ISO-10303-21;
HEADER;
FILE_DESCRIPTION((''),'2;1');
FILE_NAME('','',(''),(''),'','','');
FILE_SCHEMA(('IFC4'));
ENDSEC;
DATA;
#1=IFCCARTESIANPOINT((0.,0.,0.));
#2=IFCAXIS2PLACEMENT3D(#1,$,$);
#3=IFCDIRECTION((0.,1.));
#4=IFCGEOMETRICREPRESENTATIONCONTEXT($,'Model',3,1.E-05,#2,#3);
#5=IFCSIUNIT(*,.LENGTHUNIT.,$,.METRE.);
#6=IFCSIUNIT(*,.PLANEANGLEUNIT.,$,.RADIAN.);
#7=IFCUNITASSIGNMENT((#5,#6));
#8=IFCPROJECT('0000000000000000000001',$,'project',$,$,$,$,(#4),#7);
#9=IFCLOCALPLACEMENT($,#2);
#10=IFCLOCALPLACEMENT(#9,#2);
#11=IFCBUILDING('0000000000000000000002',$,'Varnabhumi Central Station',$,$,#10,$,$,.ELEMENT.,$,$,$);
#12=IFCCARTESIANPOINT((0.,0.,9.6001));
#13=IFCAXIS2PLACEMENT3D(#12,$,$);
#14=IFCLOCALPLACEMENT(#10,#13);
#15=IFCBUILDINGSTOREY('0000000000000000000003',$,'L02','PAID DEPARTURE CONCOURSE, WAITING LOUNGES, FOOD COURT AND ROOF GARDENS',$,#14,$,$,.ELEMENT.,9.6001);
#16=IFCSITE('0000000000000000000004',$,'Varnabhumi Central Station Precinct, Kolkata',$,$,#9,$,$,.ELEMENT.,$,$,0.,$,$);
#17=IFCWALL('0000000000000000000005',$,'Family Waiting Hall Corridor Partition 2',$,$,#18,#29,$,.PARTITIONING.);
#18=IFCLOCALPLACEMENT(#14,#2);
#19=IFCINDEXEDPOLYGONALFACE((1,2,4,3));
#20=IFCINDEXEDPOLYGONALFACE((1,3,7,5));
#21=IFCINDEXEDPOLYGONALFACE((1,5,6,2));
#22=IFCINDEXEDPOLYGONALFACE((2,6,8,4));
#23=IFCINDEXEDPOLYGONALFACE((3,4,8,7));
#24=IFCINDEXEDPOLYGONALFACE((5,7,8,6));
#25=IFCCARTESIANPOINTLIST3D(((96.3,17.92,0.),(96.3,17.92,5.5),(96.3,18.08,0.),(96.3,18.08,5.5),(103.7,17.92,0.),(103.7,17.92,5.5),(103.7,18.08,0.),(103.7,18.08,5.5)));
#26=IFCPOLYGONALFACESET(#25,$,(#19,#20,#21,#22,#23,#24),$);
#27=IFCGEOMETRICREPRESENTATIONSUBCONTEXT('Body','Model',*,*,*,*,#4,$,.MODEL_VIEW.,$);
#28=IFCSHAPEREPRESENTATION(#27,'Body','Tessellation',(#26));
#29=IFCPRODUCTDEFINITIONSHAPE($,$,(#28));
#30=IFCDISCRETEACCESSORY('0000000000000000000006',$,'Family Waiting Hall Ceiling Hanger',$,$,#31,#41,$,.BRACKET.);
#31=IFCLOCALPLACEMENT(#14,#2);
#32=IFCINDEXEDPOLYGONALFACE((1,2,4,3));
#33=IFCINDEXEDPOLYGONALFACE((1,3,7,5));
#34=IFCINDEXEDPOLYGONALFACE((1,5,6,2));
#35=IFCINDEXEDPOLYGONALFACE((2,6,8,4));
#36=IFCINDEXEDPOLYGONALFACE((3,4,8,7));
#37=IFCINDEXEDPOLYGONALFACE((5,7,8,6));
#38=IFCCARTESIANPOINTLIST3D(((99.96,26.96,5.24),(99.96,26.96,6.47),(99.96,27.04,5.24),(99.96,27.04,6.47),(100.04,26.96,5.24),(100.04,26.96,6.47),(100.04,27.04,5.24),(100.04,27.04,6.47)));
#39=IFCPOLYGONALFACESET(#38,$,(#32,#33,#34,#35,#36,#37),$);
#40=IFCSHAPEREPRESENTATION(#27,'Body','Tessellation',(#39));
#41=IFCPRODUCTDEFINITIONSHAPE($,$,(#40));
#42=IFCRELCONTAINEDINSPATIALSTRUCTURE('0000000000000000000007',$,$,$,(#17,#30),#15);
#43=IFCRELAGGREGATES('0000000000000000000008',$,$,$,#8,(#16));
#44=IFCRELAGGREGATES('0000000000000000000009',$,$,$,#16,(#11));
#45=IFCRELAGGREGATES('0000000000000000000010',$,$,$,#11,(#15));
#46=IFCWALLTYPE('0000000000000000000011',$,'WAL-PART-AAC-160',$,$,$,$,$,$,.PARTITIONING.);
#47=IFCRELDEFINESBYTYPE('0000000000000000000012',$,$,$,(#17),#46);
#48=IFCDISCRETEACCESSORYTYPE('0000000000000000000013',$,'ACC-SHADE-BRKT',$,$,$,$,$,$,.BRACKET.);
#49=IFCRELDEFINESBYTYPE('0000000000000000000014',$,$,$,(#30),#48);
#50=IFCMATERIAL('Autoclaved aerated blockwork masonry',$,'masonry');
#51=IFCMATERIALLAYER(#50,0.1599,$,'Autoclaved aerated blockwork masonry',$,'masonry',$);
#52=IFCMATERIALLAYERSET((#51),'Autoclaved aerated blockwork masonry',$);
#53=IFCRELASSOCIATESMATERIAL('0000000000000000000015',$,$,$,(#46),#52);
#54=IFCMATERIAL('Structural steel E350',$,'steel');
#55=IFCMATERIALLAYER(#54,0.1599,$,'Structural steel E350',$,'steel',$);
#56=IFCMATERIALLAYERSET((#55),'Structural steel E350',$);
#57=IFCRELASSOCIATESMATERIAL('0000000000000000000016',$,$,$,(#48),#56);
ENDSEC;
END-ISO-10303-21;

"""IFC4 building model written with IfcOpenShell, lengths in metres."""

from ifc_helpers import new_model, si_unit, direction, frame, frame_2d, origin, origin_2d, place, context, subcontext, project, spatial, rectangle, extrude, material, layer, layer_set, type_object, element, save


model = new_model("IFC4")

# Units and contexts
model_context = context("Model", 3, precision=1e-05, world=origin(), true_north=direction((0.0, 1.0)))
body_context = subcontext(model_context, "Body", "Model", "MODEL_VIEW")
ifc_project = project(units=[si_unit("LENGTHUNIT", "METRE"), si_unit("PLANEANGLEUNIT", "RADIAN")], contexts=[model_context])

# Site, building, storey
site_placement = place(None, origin())
site = spatial("IfcSite", under=ifc_project, at=site_placement, Name="Varnabhumi Central Station Precinct, Kolkata", CompositionType="ELEMENT", RefElevation=0.0)
building_placement = place(site_placement, origin())
building = spatial("IfcBuilding", under=site, at=building_placement, Name="Varnabhumi Central Station", CompositionType="ELEMENT")
storey_placement = place(building_placement, frame((0.0, 0.0, 9.6001)))
storey = spatial("IfcBuildingStorey", under=building, at=storey_placement, Name="L02", Description="PAID DEPARTURE CONCOURSE, WAITING LOUNGES, FOOD COURT AND ROOF GARDENS", CompositionType="ELEMENT", Elevation=9.6001)

# Shared definitions
ifc_material_1 = material(Name="Structural steel E350", Category="steel")

# Shared definitions
ifc_material_2 = material(Name="Autoclaved aerated blockwork masonry", Category="masonry")
ifc_layer_1 = layer(ifc_material_2, 0.1599, Name="Autoclaved aerated blockwork masonry", Category="masonry")
ifc_layer_set_1 = layer_set([ifc_layer_1], Name="Autoclaved aerated blockwork masonry")
wall_type = type_object("IfcWallType", Name="WAL-PART-AAC-160", PredefinedType="PARTITIONING", material=ifc_layer_set_1)

# Wall
wall_1_placement = place(storey_placement, frame((96.3, 18.0, 0.0), z_axis=(0.0, 0.0, 1.0), x_axis=(1.0, 0.0, 0.0)))
element("IfcWall", 1, at=wall_1_placement, inside=storey, type_object=wall_type, Name="Family Waiting Hall Corridor Partition 2", PredefinedType="PARTITIONING", context=body_context, shape_type="SweptSolid", body=[
    extrude(rectangle(XDim=7.3999, YDim=0.1599, at=frame_2d((3.7, 0.0))), origin(), (0.0, 0.0, 1.0), 5.5),
])

# Discrete accessory
ifc_layer_2 = layer(ifc_material_1, 0.1599, Name="Structural steel E350", Category="steel")
ifc_layer_set_2 = layer_set([ifc_layer_2], Name="Structural steel E350")
discrete_accessory_type = type_object("IfcDiscreteAccessoryType", Name="ACC-SHADE-BRKT", PredefinedType="BRACKET", material=ifc_layer_set_2)
discrete_accessory_placement = place(storey_placement, frame((100.0, 27.0, 5.24), z_axis=(0.0, 0.0, 1.0), x_axis=(1.0, 0.0, 0.0)))
element("IfcDiscreteAccessory", 2, at=discrete_accessory_placement, inside=storey, type_object=discrete_accessory_type, Name="Family Waiting Hall Ceiling Hanger", PredefinedType="BRACKET", context=body_context, shape_type="SweptSolid", body=[
    extrude(rectangle(XDim=0.0801, YDim=0.0801, at=origin_2d()), origin(), (0.0, 0.0, 1.0), 1.23),
])

save(model, "model.ifc")
